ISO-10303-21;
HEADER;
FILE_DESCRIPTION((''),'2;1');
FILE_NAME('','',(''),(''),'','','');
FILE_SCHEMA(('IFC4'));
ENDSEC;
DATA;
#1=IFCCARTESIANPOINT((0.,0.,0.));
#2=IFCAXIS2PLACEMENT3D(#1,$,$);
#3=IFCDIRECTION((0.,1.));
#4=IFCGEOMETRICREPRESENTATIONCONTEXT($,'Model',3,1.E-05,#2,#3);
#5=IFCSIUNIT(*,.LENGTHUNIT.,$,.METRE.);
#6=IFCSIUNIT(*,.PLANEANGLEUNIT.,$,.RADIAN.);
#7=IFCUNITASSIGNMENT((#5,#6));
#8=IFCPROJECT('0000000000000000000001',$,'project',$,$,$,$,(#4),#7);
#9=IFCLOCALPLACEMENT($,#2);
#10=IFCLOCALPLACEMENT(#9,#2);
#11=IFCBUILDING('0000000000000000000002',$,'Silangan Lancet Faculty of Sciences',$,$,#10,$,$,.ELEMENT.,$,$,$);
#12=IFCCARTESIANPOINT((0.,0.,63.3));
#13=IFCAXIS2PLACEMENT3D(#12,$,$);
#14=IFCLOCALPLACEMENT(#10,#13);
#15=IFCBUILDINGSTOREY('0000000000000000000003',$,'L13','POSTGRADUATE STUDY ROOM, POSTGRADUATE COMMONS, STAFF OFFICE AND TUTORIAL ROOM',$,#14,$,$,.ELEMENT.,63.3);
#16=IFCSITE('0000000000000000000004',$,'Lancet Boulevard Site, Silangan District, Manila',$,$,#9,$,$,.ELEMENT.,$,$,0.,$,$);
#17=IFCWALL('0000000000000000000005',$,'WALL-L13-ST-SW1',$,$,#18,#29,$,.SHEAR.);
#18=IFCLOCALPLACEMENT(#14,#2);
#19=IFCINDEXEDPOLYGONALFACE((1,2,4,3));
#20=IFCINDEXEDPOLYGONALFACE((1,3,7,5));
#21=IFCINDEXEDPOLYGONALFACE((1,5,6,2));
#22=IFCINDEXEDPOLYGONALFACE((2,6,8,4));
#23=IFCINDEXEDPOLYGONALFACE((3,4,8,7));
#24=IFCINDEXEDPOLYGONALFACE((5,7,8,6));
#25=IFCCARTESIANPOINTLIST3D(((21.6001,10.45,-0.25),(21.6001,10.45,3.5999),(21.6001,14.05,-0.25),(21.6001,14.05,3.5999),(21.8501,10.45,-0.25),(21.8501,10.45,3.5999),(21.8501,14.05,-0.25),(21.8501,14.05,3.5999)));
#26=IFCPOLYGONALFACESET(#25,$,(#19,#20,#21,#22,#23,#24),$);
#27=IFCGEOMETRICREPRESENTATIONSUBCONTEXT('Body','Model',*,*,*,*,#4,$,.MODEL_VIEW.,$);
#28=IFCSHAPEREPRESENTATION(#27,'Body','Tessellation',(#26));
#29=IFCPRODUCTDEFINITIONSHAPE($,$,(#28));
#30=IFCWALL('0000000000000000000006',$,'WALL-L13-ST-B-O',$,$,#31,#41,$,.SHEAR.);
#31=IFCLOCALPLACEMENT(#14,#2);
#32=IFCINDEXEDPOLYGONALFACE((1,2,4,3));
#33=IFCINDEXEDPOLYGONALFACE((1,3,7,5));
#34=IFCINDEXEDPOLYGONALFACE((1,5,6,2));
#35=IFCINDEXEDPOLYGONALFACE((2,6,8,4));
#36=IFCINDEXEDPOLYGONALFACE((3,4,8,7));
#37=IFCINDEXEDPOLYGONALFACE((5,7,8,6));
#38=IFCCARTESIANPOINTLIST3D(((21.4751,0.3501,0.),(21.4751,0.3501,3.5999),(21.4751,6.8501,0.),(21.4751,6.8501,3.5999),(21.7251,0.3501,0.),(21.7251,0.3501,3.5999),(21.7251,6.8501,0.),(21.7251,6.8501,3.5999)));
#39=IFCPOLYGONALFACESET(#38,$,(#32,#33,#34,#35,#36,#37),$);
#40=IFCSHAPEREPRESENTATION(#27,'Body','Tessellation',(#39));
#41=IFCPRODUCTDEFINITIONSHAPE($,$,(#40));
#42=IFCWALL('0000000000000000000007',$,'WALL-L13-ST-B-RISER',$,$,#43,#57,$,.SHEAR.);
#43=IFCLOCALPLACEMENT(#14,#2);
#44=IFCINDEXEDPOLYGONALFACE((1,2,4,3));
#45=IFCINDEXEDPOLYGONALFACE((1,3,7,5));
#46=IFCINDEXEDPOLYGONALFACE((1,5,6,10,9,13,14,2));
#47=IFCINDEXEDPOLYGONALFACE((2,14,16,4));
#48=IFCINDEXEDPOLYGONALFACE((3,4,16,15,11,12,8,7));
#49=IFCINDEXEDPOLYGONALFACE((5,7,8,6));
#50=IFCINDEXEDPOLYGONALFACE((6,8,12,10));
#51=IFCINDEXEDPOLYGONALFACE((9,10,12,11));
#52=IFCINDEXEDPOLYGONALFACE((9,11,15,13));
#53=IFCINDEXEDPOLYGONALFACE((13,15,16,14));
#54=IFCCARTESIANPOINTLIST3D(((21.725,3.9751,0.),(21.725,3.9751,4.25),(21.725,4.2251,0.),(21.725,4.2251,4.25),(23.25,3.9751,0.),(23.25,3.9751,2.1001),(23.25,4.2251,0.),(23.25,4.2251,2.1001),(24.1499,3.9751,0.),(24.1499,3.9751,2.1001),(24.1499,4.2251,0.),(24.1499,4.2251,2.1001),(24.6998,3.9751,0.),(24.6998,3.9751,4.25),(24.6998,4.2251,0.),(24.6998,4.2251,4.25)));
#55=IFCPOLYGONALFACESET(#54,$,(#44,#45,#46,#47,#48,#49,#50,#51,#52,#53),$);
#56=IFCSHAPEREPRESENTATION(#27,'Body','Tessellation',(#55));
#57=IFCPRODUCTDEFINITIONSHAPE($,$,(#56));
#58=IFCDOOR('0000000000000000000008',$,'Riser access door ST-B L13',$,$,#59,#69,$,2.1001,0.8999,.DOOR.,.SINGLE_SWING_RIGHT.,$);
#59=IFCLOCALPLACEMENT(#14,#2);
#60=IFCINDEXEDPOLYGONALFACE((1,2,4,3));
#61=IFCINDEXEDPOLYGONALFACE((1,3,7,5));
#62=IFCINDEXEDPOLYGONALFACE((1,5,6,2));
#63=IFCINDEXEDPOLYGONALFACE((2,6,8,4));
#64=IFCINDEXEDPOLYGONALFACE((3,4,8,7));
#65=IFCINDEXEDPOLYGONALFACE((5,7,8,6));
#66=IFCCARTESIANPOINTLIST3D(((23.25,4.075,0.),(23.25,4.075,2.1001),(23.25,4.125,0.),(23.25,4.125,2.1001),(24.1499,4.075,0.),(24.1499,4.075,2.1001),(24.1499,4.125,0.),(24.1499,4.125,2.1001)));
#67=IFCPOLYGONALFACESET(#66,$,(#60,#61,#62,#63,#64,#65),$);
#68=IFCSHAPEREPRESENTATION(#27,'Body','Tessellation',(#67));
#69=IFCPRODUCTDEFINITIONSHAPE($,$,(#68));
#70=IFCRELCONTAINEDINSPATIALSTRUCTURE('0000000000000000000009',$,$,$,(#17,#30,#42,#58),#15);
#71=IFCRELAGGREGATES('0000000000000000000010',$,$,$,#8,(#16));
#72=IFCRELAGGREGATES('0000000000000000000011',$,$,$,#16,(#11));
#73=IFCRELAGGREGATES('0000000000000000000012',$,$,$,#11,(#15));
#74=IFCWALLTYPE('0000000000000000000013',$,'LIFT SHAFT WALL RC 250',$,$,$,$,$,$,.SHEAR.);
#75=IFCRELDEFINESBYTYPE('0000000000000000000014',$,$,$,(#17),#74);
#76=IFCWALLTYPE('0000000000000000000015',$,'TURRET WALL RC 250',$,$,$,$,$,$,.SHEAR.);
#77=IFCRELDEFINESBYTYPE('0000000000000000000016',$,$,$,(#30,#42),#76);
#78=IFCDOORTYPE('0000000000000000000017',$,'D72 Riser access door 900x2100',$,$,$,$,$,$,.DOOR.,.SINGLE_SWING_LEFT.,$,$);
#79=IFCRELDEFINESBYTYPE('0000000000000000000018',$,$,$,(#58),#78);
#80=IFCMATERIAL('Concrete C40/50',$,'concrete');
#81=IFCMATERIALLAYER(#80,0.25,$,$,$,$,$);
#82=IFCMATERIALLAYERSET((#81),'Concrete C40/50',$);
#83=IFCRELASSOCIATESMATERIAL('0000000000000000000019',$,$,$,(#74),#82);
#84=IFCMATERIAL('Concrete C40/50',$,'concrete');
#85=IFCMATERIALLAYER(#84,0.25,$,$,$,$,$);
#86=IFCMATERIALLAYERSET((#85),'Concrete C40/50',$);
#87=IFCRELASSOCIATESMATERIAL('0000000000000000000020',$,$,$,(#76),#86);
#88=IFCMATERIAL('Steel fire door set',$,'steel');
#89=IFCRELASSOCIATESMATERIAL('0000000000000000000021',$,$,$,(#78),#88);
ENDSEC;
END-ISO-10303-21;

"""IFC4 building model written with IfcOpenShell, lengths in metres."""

from ifc_helpers import new_model, si_unit, direction, frame, frame_2d, origin, place, context, subcontext, project, spatial, rectangle, extrude, material, layer, layer_set, type_object, element, fill, save


model = new_model("IFC4")

# Units and contexts
model_context = context("Model", 3, precision=1e-05, world=origin(), true_north=direction((0.0, 1.0)))
body_context = subcontext(model_context, "Body", "Model", "MODEL_VIEW")
ifc_project = project(units=[si_unit("LENGTHUNIT", "METRE"), si_unit("PLANEANGLEUNIT", "RADIAN")], contexts=[model_context])

# Site, building, storey
site_placement = place(None, origin())
site = spatial("IfcSite", under=ifc_project, at=site_placement, Name="Lancet Boulevard Site, Silangan District, Manila", CompositionType="ELEMENT", RefElevation=0.0)
building_placement = place(site_placement, origin())
building = spatial("IfcBuilding", under=site, at=building_placement, Name="Silangan Lancet Faculty of Sciences", CompositionType="ELEMENT")
storey_placement = place(building_placement, frame((0.0, 0.0, 63.3)))
storey = spatial("IfcBuildingStorey", under=building, at=storey_placement, Name="L13", Description="POSTGRADUATE STUDY ROOM, POSTGRADUATE COMMONS, STAFF OFFICE AND TUTORIAL ROOM", CompositionType="ELEMENT", Elevation=63.3)

# Walls
ifc_material_1 = material(Name="Concrete C40/50", Category="concrete")
ifc_layer_1 = layer(ifc_material_1, 0.25)
ifc_layer_set_1 = layer_set([ifc_layer_1], Name="Concrete C40/50")
wall_type_1 = type_object("IfcWallType", Name="LIFT SHAFT WALL RC 250", PredefinedType="SHEAR", material=ifc_layer_set_1)
wall_1_placement = place(storey_placement, frame((21.7251, 10.45, -0.25), z_axis=(0.0, 0.0, 1.0), x_axis=(0.0, 1.0, 0.0)))
element("IfcWall", 1, at=wall_1_placement, inside=storey, type_object=wall_type_1, Name="WALL-L13-ST-SW1", PredefinedType="SHEAR", context=body_context, shape_type="SweptSolid", body=[
    extrude(rectangle(XDim=3.6001, YDim=0.25, at=frame_2d((1.8, 0.0))), origin(), (0.0, 0.0, 1.0), 3.8499),
])
ifc_material_2 = material(Name="Concrete C40/50", Category="concrete")
ifc_layer_2 = layer(ifc_material_2, 0.25)
ifc_layer_set_2 = layer_set([ifc_layer_2], Name="Concrete C40/50")
wall_type_2 = type_object("IfcWallType", Name="TURRET WALL RC 250", PredefinedType="SHEAR", material=ifc_layer_set_2)
wall_2_placement = place(storey_placement, frame((21.6001, 0.3501, 0.0), z_axis=(0.0, 0.0, 1.0), x_axis=(0.0, 1.0, 0.0)))
element("IfcWall", 2, at=wall_2_placement, inside=storey, type_object=wall_type_2, Name="WALL-L13-ST-B-O", PredefinedType="SHEAR", context=body_context, shape_type="SweptSolid", body=[
    extrude(rectangle(XDim=6.5, YDim=0.25, at=frame_2d((3.25, 0.0))), origin(), (0.0, 0.0, 1.0), 3.5999),
])

# Wall, opening, door
wall_3_placement = place(storey_placement, frame((21.7251, 4.1001, 0.0), z_axis=(0.0, 0.0, 1.0), x_axis=(1.0, 0.0, 0.0)))
wall_3 = element("IfcWall", 3, at=wall_3_placement, inside=storey, type_object=wall_type_2, Name="WALL-L13-ST-B-RISER", PredefinedType="SHEAR", context=body_context, shape_type="SweptSolid", body=[
    extrude(rectangle(XDim=2.9749, YDim=0.25, at=frame_2d((1.4873, 0.0))), origin(), (0.0, 0.0, 1.0), 4.25),
])
opening_1_placement = place(wall_3_placement, frame((1.5249, 0.0, 0.0)))
opening_1 = element("IfcOpeningElement", 4, at=opening_1_placement, cuts=wall_3, PredefinedType="OPENING", context=body_context, shape_type="SweptSolid", body=[
    extrude(rectangle(XDim=0.8999, YDim=2.1001, at=frame_2d((0.45, 1.05))), frame((0.0, 0.135, 0.0), z_axis=(0.0, -1.0, 0.0), x_axis=(1.0, 0.0, 0.0)), (0.0, 0.0, 1.0), 0.27),
])
ifc_material_3 = material(Name="Steel fire door set", Category="steel")
door_type_1 = type_object("IfcDoorType", Name="D72 Riser access door 900x2100", OperationType="SINGLE_SWING_LEFT", PredefinedType="DOOR", material=ifc_material_3)
door_1_placement = place(opening_1_placement, frame((0.8999, 0.0, 0.0), z_axis=(0.0, 0.0, 1.0), x_axis=(-1.0, 0.0, 0.0)))
door_1 = element("IfcDoor", 5, at=door_1_placement, inside=storey, type_object=door_type_1, Name="Riser access door ST-B L13", OperationType="SINGLE_SWING_RIGHT", OverallHeight=2.1001, OverallWidth=0.8999, PredefinedType="DOOR", context=body_context, shape_type="SweptSolid", body=[
    extrude(rectangle(XDim=0.8999, YDim=2.1001, at=frame_2d((0.45, 1.05))), frame((0.0, 0.0251, 0.0), z_axis=(0.0, -1.0, 0.0), x_axis=(1.0, 0.0, 0.0)), (0.0, 0.0, 1.0), 0.05),
])
fill(opening_1, door_1)

save(model, "model.ifc")
